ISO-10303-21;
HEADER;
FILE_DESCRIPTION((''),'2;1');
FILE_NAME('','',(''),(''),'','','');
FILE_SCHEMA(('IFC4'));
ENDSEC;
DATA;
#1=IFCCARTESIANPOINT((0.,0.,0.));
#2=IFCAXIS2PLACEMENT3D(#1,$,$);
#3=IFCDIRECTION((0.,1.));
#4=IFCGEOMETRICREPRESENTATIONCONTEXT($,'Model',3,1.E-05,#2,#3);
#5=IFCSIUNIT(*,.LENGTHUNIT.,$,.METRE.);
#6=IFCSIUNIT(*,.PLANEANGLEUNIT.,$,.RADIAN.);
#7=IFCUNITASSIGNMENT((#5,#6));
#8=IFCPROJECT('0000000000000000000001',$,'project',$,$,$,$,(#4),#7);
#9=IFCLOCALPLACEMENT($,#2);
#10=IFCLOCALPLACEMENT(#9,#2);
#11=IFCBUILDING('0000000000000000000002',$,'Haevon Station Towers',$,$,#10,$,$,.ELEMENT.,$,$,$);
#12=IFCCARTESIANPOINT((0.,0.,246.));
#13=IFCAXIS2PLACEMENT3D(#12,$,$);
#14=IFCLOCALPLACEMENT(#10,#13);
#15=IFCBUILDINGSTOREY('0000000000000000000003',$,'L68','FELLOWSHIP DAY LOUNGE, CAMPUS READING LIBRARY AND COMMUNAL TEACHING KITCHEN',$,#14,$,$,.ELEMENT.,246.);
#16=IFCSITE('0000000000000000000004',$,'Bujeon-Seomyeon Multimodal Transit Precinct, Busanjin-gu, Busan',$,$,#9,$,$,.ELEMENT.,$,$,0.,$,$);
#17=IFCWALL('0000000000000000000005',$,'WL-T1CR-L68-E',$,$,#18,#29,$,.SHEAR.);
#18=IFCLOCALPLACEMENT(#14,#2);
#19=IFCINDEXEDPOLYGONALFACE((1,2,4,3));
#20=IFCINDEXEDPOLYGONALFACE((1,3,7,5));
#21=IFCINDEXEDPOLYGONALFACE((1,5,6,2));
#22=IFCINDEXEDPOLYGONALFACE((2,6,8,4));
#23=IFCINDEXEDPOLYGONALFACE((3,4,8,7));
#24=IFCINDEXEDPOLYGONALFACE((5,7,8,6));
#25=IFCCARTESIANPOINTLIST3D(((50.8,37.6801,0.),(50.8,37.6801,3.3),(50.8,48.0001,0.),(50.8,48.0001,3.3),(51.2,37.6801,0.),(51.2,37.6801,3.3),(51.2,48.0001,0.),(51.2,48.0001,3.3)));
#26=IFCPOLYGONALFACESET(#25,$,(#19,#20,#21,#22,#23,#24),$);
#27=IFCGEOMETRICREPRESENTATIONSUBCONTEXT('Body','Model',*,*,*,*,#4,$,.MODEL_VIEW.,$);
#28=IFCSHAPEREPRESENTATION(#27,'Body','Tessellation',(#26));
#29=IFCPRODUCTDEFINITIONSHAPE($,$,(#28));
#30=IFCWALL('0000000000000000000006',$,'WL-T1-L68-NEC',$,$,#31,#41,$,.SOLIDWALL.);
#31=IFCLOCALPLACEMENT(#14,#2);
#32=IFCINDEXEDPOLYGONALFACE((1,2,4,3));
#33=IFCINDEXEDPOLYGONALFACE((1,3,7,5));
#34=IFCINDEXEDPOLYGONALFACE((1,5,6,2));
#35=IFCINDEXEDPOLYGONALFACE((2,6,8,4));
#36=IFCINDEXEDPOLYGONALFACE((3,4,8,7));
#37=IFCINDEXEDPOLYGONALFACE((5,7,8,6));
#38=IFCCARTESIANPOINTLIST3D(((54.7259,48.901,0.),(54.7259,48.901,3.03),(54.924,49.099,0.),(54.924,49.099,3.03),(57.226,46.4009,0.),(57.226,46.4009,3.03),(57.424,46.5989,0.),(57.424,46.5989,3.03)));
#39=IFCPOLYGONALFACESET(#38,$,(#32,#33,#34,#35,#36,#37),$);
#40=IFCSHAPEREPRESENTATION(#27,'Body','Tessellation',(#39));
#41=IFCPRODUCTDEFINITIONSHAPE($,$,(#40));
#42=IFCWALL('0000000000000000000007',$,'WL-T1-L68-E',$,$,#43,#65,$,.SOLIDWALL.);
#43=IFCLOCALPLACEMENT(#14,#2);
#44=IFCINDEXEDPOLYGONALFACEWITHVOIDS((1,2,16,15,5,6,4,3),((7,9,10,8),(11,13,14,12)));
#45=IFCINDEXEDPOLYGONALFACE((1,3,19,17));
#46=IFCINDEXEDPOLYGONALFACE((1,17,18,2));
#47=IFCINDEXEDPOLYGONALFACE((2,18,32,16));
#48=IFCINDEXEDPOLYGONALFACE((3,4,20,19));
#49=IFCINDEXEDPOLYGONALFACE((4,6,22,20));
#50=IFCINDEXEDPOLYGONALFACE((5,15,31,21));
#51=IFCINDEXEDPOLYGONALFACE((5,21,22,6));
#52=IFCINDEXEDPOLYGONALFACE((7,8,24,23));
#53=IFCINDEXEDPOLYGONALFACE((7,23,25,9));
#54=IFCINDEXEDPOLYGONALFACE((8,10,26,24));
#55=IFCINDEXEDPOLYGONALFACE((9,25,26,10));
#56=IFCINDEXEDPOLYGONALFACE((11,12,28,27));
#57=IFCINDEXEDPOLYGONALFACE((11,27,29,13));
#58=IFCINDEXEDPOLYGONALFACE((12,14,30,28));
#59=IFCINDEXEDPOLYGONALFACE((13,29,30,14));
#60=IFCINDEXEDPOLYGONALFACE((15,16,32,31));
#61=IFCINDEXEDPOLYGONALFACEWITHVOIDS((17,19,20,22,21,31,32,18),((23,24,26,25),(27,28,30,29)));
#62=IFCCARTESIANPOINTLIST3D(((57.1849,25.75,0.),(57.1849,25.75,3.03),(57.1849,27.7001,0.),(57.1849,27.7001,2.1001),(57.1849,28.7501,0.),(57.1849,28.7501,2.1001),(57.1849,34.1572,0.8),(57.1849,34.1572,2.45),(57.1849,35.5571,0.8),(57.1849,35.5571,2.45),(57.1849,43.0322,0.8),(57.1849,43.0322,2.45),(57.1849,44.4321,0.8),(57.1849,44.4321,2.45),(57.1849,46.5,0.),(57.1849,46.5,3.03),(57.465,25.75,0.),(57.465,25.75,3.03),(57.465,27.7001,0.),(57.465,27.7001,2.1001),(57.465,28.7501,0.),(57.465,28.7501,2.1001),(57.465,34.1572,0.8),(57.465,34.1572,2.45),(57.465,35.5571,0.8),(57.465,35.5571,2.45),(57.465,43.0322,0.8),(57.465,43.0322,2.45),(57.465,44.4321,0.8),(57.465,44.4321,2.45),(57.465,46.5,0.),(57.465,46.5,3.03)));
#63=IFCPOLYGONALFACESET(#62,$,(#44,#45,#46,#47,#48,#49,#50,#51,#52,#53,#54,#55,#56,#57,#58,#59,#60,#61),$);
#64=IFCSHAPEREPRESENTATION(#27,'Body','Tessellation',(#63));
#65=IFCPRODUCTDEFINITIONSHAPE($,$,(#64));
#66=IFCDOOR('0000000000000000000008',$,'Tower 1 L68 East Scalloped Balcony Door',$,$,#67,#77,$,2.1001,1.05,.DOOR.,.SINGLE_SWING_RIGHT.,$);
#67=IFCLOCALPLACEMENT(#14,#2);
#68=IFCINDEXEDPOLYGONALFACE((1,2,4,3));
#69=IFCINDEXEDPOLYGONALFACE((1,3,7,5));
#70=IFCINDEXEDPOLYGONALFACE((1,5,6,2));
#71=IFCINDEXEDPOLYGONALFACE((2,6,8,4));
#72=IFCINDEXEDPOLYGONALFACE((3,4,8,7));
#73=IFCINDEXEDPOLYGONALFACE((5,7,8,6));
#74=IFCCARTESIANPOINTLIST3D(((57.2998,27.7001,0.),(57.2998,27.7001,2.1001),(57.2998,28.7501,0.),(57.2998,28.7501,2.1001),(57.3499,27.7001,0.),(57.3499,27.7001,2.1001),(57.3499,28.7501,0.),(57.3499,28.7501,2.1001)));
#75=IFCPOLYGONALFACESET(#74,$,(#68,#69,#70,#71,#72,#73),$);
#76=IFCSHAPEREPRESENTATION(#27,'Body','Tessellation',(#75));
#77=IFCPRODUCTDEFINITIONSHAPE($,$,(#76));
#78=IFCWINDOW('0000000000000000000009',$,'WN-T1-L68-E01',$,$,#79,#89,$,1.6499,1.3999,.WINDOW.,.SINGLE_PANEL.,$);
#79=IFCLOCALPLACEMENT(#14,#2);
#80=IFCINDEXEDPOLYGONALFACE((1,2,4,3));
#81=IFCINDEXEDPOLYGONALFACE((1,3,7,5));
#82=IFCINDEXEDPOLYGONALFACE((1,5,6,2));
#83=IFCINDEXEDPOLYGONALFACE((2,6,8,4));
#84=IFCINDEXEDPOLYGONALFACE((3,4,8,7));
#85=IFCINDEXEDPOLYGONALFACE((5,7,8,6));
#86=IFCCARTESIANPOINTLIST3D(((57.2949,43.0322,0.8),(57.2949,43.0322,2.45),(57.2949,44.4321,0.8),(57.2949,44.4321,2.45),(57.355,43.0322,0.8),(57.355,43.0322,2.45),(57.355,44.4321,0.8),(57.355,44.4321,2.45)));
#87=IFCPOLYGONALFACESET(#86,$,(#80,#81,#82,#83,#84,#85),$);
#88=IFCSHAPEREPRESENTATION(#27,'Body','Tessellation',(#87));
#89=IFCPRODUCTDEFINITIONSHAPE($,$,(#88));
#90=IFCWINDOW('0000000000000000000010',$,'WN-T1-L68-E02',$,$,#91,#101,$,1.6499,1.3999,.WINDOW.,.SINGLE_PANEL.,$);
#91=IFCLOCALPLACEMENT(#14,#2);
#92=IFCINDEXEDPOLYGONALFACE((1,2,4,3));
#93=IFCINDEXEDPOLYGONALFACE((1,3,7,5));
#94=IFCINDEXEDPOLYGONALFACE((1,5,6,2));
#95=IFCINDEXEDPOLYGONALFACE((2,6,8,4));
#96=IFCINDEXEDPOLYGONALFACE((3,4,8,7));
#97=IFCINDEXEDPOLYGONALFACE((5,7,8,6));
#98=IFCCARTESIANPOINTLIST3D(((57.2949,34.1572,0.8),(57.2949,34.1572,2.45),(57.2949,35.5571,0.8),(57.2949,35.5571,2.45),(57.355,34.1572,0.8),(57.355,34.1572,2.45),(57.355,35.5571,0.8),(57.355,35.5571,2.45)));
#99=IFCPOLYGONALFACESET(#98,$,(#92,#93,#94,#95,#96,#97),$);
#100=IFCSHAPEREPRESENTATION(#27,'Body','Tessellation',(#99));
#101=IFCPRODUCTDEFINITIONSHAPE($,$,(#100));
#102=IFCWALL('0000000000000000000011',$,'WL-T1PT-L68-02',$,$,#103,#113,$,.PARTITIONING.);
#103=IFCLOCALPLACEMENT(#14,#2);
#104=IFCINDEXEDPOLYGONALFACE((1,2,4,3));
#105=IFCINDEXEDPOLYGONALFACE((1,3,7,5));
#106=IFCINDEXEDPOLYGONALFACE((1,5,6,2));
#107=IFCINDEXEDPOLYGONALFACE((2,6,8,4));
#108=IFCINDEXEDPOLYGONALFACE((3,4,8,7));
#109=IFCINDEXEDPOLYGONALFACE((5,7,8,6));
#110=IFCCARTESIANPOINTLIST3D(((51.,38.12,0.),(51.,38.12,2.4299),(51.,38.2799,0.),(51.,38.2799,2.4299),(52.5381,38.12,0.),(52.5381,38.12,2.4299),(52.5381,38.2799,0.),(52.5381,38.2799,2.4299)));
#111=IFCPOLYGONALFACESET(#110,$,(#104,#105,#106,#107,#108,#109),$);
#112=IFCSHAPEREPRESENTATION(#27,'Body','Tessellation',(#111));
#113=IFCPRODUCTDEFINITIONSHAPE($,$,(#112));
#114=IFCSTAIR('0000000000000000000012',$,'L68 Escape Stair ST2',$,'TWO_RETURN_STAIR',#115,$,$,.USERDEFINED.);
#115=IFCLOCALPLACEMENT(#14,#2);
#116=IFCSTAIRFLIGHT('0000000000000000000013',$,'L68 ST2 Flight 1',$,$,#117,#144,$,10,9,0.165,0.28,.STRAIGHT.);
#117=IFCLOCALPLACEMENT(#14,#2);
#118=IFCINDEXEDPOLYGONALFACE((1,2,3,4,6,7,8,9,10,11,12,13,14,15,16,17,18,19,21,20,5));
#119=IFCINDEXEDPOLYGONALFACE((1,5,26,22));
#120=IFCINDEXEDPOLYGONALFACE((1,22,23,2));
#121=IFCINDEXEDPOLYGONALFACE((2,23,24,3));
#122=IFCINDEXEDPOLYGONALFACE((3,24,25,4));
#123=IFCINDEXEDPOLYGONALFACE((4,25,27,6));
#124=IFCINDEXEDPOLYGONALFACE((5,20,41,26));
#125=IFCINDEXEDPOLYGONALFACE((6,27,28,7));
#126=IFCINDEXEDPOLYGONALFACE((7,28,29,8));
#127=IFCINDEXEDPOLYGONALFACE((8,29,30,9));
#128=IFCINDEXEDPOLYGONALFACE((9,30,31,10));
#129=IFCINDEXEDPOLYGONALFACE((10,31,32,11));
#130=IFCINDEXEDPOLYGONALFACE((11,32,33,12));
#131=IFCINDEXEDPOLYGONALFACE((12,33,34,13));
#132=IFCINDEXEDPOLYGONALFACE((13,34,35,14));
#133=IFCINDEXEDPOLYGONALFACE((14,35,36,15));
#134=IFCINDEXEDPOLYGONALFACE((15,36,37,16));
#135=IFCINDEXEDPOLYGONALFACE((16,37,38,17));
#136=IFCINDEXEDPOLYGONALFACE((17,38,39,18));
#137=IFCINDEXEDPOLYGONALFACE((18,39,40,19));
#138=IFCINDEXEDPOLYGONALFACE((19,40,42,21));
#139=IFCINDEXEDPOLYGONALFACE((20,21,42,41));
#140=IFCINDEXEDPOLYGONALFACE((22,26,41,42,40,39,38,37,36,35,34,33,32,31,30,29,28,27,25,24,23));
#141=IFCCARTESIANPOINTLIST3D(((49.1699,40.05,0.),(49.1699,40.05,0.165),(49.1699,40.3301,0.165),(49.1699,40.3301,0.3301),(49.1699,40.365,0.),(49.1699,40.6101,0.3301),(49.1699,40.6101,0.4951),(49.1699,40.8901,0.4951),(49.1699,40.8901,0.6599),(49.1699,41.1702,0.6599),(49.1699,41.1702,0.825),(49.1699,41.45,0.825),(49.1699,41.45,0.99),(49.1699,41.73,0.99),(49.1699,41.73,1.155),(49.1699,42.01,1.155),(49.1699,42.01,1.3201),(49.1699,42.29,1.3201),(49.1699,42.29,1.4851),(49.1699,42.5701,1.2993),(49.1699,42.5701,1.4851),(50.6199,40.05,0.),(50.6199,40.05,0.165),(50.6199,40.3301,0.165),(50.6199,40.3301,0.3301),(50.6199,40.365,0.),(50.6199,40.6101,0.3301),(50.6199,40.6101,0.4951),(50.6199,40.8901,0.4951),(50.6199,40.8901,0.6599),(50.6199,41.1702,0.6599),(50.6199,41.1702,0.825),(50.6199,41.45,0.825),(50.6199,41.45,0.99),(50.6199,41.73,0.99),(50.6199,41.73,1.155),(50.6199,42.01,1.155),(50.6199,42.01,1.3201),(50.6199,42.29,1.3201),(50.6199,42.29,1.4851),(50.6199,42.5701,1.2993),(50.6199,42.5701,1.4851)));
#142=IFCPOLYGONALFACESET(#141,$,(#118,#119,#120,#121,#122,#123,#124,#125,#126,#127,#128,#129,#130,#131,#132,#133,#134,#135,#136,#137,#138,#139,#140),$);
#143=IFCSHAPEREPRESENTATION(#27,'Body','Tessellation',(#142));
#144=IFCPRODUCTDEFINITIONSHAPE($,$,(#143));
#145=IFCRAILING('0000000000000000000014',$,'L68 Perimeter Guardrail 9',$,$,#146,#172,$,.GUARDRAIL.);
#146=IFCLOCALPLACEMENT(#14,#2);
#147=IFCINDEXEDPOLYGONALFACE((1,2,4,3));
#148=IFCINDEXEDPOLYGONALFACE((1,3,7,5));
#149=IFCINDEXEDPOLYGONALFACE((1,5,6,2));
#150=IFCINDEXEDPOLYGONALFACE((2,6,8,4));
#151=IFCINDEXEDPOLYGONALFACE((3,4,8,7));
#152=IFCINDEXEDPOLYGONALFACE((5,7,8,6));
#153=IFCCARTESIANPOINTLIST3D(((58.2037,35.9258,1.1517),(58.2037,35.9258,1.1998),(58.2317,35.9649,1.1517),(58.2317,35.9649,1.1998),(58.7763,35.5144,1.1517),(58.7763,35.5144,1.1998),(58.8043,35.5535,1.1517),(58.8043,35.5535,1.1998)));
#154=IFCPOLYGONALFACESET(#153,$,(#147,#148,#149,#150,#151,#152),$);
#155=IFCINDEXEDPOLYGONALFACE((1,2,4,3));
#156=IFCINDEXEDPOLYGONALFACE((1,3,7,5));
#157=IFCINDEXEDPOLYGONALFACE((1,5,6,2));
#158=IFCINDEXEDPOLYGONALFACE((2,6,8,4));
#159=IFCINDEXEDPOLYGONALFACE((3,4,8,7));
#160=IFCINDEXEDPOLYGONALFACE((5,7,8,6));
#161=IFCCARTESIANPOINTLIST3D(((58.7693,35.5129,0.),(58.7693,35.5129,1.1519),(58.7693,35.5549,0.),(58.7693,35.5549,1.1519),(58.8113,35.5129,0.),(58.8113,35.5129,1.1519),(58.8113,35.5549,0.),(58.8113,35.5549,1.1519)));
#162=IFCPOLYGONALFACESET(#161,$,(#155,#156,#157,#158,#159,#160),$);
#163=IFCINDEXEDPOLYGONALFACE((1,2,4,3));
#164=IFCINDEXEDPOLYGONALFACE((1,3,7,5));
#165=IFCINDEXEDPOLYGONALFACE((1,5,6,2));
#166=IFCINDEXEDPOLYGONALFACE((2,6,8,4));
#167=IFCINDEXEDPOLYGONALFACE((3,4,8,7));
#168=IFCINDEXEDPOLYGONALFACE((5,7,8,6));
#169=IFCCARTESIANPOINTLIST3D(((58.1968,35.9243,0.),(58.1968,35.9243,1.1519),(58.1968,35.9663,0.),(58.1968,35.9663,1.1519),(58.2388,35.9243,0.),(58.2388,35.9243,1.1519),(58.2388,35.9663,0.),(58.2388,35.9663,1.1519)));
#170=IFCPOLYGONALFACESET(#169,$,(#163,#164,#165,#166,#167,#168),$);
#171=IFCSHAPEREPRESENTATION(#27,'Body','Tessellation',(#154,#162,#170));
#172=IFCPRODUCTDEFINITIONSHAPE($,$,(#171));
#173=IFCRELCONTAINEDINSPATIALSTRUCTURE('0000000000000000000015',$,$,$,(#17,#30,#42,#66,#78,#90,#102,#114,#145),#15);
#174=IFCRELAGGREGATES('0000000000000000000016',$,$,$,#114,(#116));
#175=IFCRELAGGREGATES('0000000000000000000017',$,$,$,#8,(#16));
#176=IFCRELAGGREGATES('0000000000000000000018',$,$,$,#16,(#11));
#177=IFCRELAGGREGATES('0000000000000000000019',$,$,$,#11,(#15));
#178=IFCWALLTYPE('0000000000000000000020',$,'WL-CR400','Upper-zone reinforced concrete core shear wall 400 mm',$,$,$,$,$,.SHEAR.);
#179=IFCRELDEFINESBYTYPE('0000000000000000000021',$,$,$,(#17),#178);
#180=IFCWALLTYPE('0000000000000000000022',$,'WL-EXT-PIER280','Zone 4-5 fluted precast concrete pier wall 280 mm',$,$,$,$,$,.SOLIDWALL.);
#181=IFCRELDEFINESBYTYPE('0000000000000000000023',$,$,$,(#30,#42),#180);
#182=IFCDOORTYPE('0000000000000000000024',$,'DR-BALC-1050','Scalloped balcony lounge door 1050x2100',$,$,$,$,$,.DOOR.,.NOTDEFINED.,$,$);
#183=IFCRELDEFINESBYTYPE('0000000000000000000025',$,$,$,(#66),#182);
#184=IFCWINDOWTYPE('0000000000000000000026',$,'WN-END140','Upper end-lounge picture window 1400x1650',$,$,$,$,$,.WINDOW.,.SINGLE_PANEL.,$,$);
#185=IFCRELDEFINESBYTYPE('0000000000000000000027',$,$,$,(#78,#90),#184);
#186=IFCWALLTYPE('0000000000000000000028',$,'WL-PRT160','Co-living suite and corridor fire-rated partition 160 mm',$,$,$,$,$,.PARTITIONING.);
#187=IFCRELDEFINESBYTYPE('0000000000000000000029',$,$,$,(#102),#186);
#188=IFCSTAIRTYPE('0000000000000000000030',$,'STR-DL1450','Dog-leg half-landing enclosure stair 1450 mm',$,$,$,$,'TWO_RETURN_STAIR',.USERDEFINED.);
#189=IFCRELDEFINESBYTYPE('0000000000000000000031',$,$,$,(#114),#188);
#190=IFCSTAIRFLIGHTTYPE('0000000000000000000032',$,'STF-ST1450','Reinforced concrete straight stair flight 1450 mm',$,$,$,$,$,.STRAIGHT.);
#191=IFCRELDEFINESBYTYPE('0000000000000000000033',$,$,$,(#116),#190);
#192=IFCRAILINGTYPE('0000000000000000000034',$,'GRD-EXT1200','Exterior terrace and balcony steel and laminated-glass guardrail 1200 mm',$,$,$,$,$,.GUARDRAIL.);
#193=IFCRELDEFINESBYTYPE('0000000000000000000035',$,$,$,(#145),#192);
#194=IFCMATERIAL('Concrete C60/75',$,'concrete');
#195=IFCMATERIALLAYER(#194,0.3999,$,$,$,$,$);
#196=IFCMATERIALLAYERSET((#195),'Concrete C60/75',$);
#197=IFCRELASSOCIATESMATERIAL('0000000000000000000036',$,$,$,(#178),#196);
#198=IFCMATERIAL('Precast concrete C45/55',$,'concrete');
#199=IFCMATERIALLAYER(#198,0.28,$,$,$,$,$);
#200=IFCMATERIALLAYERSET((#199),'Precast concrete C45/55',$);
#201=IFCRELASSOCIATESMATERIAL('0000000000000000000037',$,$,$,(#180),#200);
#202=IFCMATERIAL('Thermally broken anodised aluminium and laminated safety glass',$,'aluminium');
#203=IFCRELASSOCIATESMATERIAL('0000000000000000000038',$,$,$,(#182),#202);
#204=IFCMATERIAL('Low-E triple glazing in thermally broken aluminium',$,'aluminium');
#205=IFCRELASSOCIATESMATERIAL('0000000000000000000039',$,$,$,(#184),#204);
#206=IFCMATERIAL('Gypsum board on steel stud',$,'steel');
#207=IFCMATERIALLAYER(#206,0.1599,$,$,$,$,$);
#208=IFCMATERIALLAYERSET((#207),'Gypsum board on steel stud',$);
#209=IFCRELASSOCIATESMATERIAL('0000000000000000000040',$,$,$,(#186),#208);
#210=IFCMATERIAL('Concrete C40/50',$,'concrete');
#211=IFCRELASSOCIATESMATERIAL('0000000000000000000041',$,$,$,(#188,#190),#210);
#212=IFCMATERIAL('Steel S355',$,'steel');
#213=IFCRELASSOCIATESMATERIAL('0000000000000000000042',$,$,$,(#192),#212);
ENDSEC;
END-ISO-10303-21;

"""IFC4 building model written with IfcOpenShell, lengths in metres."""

from ifc_helpers import new_model, si_unit, direction, frame, frame_2d, origin, origin_2d, place, context, subcontext, project, spatial, polyline, rectangle, outline, extrude, material, layer, layer_set, type_object, element, fill, aggregate, save


model = new_model("IFC4")

# Units and contexts
model_context = context("Model", 3, precision=1e-05, world=origin(), true_north=direction((0.0, 1.0)))
body_context = subcontext(model_context, "Body", "Model", "MODEL_VIEW")
ifc_project = project(units=[si_unit("LENGTHUNIT", "METRE"), si_unit("PLANEANGLEUNIT", "RADIAN")], contexts=[model_context])

# Site, building, storey
site_placement = place(None, origin())
site = spatial("IfcSite", under=ifc_project, at=site_placement, Name="Bujeon-Seomyeon Multimodal Transit Precinct, Busanjin-gu, Busan", CompositionType="ELEMENT", RefElevation=0.0)
building_placement = place(site_placement, origin())
building = spatial("IfcBuilding", under=site, at=building_placement, Name="Haevon Station Towers", CompositionType="ELEMENT")
storey_placement = place(building_placement, frame((0.0, 0.0, 246.0)))
storey = spatial("IfcBuildingStorey", under=building, at=storey_placement, Name="L68", Description="FELLOWSHIP DAY LOUNGE, CAMPUS READING LIBRARY AND COMMUNAL TEACHING KITCHEN", CompositionType="ELEMENT", Elevation=246.0)

# Shared definitions
ifc_material_1 = material(Name="Steel S355", Category="steel")

# Walls
ifc_material_2 = material(Name="Concrete C60/75", Category="concrete")
ifc_layer_1 = layer(ifc_material_2, 0.3999)
ifc_layer_set_1 = layer_set([ifc_layer_1], Name="Concrete C60/75")
wall_type_1 = type_object("IfcWallType", Name="WL-CR400", Description="Upper-zone reinforced concrete core shear wall 400 mm", PredefinedType="SHEAR", material=ifc_layer_set_1)
wall_1_placement = place(storey_placement, frame((51.0, 37.6799, 0.0), z_axis=(0.0, 0.0, 1.0), x_axis=(0.0, 1.0, 0.0)))
element("IfcWall", 1, at=wall_1_placement, inside=storey, type_object=wall_type_1, Name="WL-T1CR-L68-E", PredefinedType="SHEAR", context=body_context, shape_type="SweptSolid", body=[
    extrude(rectangle(XDim=10.3201, YDim=0.3999, at=frame_2d((5.1602, 0.0))), origin(), (0.0, 0.0, 1.0), 3.3),
])
ifc_material_3 = material(Name="Precast concrete C45/55", Category="concrete")
ifc_layer_2 = layer(ifc_material_3, 0.28)
ifc_layer_set_2 = layer_set([ifc_layer_2], Name="Precast concrete C45/55")
wall_type_2 = type_object("IfcWallType", Name="WL-EXT-PIER280", Description="Zone 4-5 fluted precast concrete pier wall 280 mm", PredefinedType="SOLIDWALL", material=ifc_layer_set_2)
wall_2_placement = place(storey_placement, frame((54.825, 49.0, 0.0), z_axis=(0.0, 0.0, 1.0), x_axis=(0.707107, -0.707107, 0.0)))
element("IfcWall", 2, at=wall_2_placement, inside=storey, type_object=wall_type_2, Name="WL-T1-L68-NEC", PredefinedType="SOLIDWALL", context=body_context, shape_type="SweptSolid", body=[
    extrude(rectangle(XDim=3.5356, YDim=0.28, at=frame_2d((1.7678, 0.0))), origin(), (0.0, 0.0, 1.0), 3.03),
])

# Wall, openings, door, windows
wall_3_placement = place(storey_placement, frame((57.325, 46.5, 0.0), z_axis=(0.0, 0.0, 1.0), x_axis=(0.0, -1.0, 0.0)))
wall_3 = element("IfcWall", 3, at=wall_3_placement, inside=storey, type_object=wall_type_2, Name="WL-T1-L68-E", PredefinedType="SOLIDWALL", context=body_context, shape_type="SweptSolid", body=[
    extrude(rectangle(XDim=20.75, YDim=0.28, at=frame_2d((10.375, 0.0))), origin(), (0.0, 0.0, 1.0), 3.03),
])
opening_1_placement = place(wall_3_placement, frame((17.75, 0.0, 0.0)))
opening_1 = element("IfcOpeningElement", 4, at=opening_1_placement, cuts=wall_3, PredefinedType="OPENING", context=body_context, shape_type="SweptSolid", body=[
    extrude(rectangle(XDim=1.05, YDim=2.1001, at=frame_2d((0.5249, 1.05))), frame((0.0, 0.1499, 0.0), z_axis=(0.0, -1.0, 0.0), x_axis=(1.0, 0.0, 0.0)), (0.0, 0.0, 1.0), 0.3),
])
opening_2_placement = place(wall_3_placement, frame((2.0679, 0.0, 0.8)))
opening_2 = element("IfcOpeningElement", 5, at=opening_2_placement, cuts=wall_3, PredefinedType="OPENING", context=body_context, shape_type="SweptSolid", body=[
    extrude(rectangle(XDim=1.3999, YDim=1.6499, at=frame_2d((0.7, 0.825))), frame((0.0, 0.1499, 0.0), z_axis=(0.0, -1.0, 0.0), x_axis=(1.0, 0.0, 0.0)), (0.0, 0.0, 1.0), 0.3),
])
opening_3_placement = place(wall_3_placement, frame((10.9429, 0.0, 0.8)))
opening_3 = element("IfcOpeningElement", 6, at=opening_3_placement, cuts=wall_3, PredefinedType="OPENING", context=body_context, shape_type="SweptSolid", body=[
    extrude(rectangle(XDim=1.3999, YDim=1.6499, at=frame_2d((0.7, 0.825))), frame((0.0, 0.1499, 0.0), z_axis=(0.0, -1.0, 0.0), x_axis=(1.0, 0.0, 0.0)), (0.0, 0.0, 1.0), 0.3),
])
ifc_material_4 = material(Name="Thermally broken anodised aluminium and laminated safety glass", Category="aluminium")
door_type = type_object("IfcDoorType", Name="DR-BALC-1050", Description="Scalloped balcony lounge door 1050x2100", OperationType="NOTDEFINED", PredefinedType="DOOR", material=ifc_material_4)
door_placement = place(opening_1_placement, origin())
door = element("IfcDoor", 7, at=door_placement, inside=storey, type_object=door_type, Name="Tower 1 L68 East Scalloped Balcony Door", OperationType="SINGLE_SWING_RIGHT", OverallHeight=2.1001, OverallWidth=1.05, PredefinedType="DOOR", context=body_context, shape_type="SweptSolid", body=[
    extrude(rectangle(XDim=1.05, YDim=2.1001, at=frame_2d((0.5249, 1.05))), frame((0.0, 0.0249, 0.0), z_axis=(0.0, -1.0, 0.0), x_axis=(1.0, 0.0, 0.0)), (0.0, 0.0, 1.0), 0.05),
])
fill(opening_1, door)
ifc_material_5 = material(Name="Low-E triple glazing in thermally broken aluminium", Category="aluminium")
window_type = type_object("IfcWindowType", Name="WN-END140", Description="Upper end-lounge picture window 1400x1650", PartitioningType="SINGLE_PANEL", PredefinedType="WINDOW", material=ifc_material_5)
window_1_placement = place(opening_2_placement, origin())
window_1 = element("IfcWindow", 8, at=window_1_placement, inside=storey, type_object=window_type, Name="WN-T1-L68-E01", OverallHeight=1.6499, OverallWidth=1.3999, PartitioningType="SINGLE_PANEL", PredefinedType="WINDOW", context=body_context, shape_type="SweptSolid", body=[
    extrude(rectangle(XDim=1.3999, YDim=1.6499, at=frame_2d((0.7, 0.825))), frame((0.0, 0.03, 0.0), z_axis=(0.0, -1.0, 0.0), x_axis=(1.0, 0.0, 0.0)), (0.0, 0.0, 1.0), 0.0601),
])
fill(opening_2, window_1)
window_2_placement = place(opening_3_placement, origin())
window_2 = element("IfcWindow", 9, at=window_2_placement, inside=storey, type_object=window_type, Name="WN-T1-L68-E02", OverallHeight=1.6499, OverallWidth=1.3999, PartitioningType="SINGLE_PANEL", PredefinedType="WINDOW", context=body_context, shape_type="SweptSolid", body=[
    extrude(rectangle(XDim=1.3999, YDim=1.6499, at=frame_2d((0.7, 0.825))), frame((0.0, 0.03, 0.0), z_axis=(0.0, -1.0, 0.0), x_axis=(1.0, 0.0, 0.0)), (0.0, 0.0, 1.0), 0.0601),
])
fill(opening_3, window_2)

# Wall
ifc_material_6 = material(Name="Gypsum board on steel stud", Category="steel")
ifc_layer_3 = layer(ifc_material_6, 0.1599)
ifc_layer_set_3 = layer_set([ifc_layer_3], Name="Gypsum board on steel stud")
wall_type_3 = type_object("IfcWallType", Name="WL-PRT160", Description="Co-living suite and corridor fire-rated partition 160 mm", PredefinedType="PARTITIONING", material=ifc_layer_set_3)
wall_4_placement = place(storey_placement, frame((51.0, 38.2, 0.0), z_axis=(0.0, 0.0, 1.0), x_axis=(1.0, 0.0, 0.0)))
element("IfcWall", 10, at=wall_4_placement, inside=storey, type_object=wall_type_3, Name="WL-T1PT-L68-02", PredefinedType="PARTITIONING", context=body_context, shape_type="SweptSolid", body=[
    extrude(rectangle(XDim=1.5381, YDim=0.1599, at=frame_2d((0.769, 0.0))), origin(), (0.0, 0.0, 1.0), 2.4299),
])

# Stair, stair flight
ifc_material_7 = material(Name="Concrete C40/50", Category="concrete")
stair_type = type_object("IfcStairType", Name="STR-DL1450", Description="Dog-leg half-landing enclosure stair 1450 mm", ElementType="TWO_RETURN_STAIR", PredefinedType="USERDEFINED", material=ifc_material_7)
stair_placement = place(storey_placement, origin())
stair = element("IfcStair", 11, at=stair_placement, inside=storey, type_object=stair_type, Name="L68 Escape Stair ST2", ObjectType="TWO_RETURN_STAIR", PredefinedType="USERDEFINED")
stair_flight_type = type_object("IfcStairFlightType", Name="STF-ST1450", Description="Reinforced concrete straight stair flight 1450 mm", PredefinedType="STRAIGHT", material=ifc_material_7)
stair_flight_placement = place(storey_placement, frame((49.895, 40.05, 0.0), z_axis=(0.0, 0.0, 1.0), x_axis=(0.0, 1.0, 0.0)))
stair_flight = element("IfcStairFlight", 12, at=stair_flight_placement, type_object=stair_flight_type, Name="L68 ST2 Flight 1", NumberOfRisers=10, NumberOfTreads=9, PredefinedType="STRAIGHT", RiserHeight=0.165, TreadLength=0.28, context=body_context, shape_type="SweptSolid", body=[
    extrude(outline(polyline([(0.0, 0.0), (0.0, 0.165), (0.28, 0.165), (0.28, 0.3301), (0.5601, 0.3301), (0.5601, 0.4951), (0.8401, 0.4951), (0.8401, 0.6599), (1.1201, 0.6599), (1.1201, 0.825), (1.3999, 0.825), (1.3999, 0.99), (1.6799, 0.99), (1.6799, 1.155), (1.96, 1.155), (1.96, 1.3201), (2.24, 1.3201), (2.24, 1.4851), (2.52, 1.4851), (2.52, 1.6499), (2.52, 1.2993), (0.3149, 0.0), (0.0, 0.0)])), frame((0.0, 0.7251, 0.0), z_axis=(0.0, -1.0, 0.0), x_axis=(1.0, 0.0, 0.0)), (0.0, 0.0, 1.0), 1.45),
])
aggregate(stair, [stair_flight])

# Railing
railing_type_1 = type_object("IfcRailingType", Name="GRD-EXT1200", Description="Exterior terrace and balcony steel and laminated-glass guardrail 1200 mm", PredefinedType="GUARDRAIL", material=ifc_material_1)
railing_1_placement = place(storey_placement, frame((58.7903, 35.5339, 0.0)))
element("IfcRailing", 13, at=railing_1_placement, inside=storey, type_object=railing_type_1, Name="L68 Perimeter Guardrail 9", PredefinedType="GUARDRAIL", context=body_context, shape_type="SweptSolid", body=[
    extrude(rectangle(XDim=0.0481, YDim=0.0481, at=origin_2d()), frame((0.0, 0.0, 1.1758), z_axis=(-0.812092, 0.583529, 0.0), x_axis=(-0.583529, -0.812092, 0.0)), (0.0, 0.0, 1.0), 0.7051),
    extrude(rectangle(XDim=0.042, YDim=0.042, at=origin_2d()), origin(), (0.0, 0.0, 1.0), 1.1519),
    extrude(rectangle(XDim=0.042, YDim=0.042, at=origin_2d()), frame((-0.5725, 0.4114, 0.0)), (0.0, 0.0, 1.0), 1.1519),
])

save(model, "model.ifc")
